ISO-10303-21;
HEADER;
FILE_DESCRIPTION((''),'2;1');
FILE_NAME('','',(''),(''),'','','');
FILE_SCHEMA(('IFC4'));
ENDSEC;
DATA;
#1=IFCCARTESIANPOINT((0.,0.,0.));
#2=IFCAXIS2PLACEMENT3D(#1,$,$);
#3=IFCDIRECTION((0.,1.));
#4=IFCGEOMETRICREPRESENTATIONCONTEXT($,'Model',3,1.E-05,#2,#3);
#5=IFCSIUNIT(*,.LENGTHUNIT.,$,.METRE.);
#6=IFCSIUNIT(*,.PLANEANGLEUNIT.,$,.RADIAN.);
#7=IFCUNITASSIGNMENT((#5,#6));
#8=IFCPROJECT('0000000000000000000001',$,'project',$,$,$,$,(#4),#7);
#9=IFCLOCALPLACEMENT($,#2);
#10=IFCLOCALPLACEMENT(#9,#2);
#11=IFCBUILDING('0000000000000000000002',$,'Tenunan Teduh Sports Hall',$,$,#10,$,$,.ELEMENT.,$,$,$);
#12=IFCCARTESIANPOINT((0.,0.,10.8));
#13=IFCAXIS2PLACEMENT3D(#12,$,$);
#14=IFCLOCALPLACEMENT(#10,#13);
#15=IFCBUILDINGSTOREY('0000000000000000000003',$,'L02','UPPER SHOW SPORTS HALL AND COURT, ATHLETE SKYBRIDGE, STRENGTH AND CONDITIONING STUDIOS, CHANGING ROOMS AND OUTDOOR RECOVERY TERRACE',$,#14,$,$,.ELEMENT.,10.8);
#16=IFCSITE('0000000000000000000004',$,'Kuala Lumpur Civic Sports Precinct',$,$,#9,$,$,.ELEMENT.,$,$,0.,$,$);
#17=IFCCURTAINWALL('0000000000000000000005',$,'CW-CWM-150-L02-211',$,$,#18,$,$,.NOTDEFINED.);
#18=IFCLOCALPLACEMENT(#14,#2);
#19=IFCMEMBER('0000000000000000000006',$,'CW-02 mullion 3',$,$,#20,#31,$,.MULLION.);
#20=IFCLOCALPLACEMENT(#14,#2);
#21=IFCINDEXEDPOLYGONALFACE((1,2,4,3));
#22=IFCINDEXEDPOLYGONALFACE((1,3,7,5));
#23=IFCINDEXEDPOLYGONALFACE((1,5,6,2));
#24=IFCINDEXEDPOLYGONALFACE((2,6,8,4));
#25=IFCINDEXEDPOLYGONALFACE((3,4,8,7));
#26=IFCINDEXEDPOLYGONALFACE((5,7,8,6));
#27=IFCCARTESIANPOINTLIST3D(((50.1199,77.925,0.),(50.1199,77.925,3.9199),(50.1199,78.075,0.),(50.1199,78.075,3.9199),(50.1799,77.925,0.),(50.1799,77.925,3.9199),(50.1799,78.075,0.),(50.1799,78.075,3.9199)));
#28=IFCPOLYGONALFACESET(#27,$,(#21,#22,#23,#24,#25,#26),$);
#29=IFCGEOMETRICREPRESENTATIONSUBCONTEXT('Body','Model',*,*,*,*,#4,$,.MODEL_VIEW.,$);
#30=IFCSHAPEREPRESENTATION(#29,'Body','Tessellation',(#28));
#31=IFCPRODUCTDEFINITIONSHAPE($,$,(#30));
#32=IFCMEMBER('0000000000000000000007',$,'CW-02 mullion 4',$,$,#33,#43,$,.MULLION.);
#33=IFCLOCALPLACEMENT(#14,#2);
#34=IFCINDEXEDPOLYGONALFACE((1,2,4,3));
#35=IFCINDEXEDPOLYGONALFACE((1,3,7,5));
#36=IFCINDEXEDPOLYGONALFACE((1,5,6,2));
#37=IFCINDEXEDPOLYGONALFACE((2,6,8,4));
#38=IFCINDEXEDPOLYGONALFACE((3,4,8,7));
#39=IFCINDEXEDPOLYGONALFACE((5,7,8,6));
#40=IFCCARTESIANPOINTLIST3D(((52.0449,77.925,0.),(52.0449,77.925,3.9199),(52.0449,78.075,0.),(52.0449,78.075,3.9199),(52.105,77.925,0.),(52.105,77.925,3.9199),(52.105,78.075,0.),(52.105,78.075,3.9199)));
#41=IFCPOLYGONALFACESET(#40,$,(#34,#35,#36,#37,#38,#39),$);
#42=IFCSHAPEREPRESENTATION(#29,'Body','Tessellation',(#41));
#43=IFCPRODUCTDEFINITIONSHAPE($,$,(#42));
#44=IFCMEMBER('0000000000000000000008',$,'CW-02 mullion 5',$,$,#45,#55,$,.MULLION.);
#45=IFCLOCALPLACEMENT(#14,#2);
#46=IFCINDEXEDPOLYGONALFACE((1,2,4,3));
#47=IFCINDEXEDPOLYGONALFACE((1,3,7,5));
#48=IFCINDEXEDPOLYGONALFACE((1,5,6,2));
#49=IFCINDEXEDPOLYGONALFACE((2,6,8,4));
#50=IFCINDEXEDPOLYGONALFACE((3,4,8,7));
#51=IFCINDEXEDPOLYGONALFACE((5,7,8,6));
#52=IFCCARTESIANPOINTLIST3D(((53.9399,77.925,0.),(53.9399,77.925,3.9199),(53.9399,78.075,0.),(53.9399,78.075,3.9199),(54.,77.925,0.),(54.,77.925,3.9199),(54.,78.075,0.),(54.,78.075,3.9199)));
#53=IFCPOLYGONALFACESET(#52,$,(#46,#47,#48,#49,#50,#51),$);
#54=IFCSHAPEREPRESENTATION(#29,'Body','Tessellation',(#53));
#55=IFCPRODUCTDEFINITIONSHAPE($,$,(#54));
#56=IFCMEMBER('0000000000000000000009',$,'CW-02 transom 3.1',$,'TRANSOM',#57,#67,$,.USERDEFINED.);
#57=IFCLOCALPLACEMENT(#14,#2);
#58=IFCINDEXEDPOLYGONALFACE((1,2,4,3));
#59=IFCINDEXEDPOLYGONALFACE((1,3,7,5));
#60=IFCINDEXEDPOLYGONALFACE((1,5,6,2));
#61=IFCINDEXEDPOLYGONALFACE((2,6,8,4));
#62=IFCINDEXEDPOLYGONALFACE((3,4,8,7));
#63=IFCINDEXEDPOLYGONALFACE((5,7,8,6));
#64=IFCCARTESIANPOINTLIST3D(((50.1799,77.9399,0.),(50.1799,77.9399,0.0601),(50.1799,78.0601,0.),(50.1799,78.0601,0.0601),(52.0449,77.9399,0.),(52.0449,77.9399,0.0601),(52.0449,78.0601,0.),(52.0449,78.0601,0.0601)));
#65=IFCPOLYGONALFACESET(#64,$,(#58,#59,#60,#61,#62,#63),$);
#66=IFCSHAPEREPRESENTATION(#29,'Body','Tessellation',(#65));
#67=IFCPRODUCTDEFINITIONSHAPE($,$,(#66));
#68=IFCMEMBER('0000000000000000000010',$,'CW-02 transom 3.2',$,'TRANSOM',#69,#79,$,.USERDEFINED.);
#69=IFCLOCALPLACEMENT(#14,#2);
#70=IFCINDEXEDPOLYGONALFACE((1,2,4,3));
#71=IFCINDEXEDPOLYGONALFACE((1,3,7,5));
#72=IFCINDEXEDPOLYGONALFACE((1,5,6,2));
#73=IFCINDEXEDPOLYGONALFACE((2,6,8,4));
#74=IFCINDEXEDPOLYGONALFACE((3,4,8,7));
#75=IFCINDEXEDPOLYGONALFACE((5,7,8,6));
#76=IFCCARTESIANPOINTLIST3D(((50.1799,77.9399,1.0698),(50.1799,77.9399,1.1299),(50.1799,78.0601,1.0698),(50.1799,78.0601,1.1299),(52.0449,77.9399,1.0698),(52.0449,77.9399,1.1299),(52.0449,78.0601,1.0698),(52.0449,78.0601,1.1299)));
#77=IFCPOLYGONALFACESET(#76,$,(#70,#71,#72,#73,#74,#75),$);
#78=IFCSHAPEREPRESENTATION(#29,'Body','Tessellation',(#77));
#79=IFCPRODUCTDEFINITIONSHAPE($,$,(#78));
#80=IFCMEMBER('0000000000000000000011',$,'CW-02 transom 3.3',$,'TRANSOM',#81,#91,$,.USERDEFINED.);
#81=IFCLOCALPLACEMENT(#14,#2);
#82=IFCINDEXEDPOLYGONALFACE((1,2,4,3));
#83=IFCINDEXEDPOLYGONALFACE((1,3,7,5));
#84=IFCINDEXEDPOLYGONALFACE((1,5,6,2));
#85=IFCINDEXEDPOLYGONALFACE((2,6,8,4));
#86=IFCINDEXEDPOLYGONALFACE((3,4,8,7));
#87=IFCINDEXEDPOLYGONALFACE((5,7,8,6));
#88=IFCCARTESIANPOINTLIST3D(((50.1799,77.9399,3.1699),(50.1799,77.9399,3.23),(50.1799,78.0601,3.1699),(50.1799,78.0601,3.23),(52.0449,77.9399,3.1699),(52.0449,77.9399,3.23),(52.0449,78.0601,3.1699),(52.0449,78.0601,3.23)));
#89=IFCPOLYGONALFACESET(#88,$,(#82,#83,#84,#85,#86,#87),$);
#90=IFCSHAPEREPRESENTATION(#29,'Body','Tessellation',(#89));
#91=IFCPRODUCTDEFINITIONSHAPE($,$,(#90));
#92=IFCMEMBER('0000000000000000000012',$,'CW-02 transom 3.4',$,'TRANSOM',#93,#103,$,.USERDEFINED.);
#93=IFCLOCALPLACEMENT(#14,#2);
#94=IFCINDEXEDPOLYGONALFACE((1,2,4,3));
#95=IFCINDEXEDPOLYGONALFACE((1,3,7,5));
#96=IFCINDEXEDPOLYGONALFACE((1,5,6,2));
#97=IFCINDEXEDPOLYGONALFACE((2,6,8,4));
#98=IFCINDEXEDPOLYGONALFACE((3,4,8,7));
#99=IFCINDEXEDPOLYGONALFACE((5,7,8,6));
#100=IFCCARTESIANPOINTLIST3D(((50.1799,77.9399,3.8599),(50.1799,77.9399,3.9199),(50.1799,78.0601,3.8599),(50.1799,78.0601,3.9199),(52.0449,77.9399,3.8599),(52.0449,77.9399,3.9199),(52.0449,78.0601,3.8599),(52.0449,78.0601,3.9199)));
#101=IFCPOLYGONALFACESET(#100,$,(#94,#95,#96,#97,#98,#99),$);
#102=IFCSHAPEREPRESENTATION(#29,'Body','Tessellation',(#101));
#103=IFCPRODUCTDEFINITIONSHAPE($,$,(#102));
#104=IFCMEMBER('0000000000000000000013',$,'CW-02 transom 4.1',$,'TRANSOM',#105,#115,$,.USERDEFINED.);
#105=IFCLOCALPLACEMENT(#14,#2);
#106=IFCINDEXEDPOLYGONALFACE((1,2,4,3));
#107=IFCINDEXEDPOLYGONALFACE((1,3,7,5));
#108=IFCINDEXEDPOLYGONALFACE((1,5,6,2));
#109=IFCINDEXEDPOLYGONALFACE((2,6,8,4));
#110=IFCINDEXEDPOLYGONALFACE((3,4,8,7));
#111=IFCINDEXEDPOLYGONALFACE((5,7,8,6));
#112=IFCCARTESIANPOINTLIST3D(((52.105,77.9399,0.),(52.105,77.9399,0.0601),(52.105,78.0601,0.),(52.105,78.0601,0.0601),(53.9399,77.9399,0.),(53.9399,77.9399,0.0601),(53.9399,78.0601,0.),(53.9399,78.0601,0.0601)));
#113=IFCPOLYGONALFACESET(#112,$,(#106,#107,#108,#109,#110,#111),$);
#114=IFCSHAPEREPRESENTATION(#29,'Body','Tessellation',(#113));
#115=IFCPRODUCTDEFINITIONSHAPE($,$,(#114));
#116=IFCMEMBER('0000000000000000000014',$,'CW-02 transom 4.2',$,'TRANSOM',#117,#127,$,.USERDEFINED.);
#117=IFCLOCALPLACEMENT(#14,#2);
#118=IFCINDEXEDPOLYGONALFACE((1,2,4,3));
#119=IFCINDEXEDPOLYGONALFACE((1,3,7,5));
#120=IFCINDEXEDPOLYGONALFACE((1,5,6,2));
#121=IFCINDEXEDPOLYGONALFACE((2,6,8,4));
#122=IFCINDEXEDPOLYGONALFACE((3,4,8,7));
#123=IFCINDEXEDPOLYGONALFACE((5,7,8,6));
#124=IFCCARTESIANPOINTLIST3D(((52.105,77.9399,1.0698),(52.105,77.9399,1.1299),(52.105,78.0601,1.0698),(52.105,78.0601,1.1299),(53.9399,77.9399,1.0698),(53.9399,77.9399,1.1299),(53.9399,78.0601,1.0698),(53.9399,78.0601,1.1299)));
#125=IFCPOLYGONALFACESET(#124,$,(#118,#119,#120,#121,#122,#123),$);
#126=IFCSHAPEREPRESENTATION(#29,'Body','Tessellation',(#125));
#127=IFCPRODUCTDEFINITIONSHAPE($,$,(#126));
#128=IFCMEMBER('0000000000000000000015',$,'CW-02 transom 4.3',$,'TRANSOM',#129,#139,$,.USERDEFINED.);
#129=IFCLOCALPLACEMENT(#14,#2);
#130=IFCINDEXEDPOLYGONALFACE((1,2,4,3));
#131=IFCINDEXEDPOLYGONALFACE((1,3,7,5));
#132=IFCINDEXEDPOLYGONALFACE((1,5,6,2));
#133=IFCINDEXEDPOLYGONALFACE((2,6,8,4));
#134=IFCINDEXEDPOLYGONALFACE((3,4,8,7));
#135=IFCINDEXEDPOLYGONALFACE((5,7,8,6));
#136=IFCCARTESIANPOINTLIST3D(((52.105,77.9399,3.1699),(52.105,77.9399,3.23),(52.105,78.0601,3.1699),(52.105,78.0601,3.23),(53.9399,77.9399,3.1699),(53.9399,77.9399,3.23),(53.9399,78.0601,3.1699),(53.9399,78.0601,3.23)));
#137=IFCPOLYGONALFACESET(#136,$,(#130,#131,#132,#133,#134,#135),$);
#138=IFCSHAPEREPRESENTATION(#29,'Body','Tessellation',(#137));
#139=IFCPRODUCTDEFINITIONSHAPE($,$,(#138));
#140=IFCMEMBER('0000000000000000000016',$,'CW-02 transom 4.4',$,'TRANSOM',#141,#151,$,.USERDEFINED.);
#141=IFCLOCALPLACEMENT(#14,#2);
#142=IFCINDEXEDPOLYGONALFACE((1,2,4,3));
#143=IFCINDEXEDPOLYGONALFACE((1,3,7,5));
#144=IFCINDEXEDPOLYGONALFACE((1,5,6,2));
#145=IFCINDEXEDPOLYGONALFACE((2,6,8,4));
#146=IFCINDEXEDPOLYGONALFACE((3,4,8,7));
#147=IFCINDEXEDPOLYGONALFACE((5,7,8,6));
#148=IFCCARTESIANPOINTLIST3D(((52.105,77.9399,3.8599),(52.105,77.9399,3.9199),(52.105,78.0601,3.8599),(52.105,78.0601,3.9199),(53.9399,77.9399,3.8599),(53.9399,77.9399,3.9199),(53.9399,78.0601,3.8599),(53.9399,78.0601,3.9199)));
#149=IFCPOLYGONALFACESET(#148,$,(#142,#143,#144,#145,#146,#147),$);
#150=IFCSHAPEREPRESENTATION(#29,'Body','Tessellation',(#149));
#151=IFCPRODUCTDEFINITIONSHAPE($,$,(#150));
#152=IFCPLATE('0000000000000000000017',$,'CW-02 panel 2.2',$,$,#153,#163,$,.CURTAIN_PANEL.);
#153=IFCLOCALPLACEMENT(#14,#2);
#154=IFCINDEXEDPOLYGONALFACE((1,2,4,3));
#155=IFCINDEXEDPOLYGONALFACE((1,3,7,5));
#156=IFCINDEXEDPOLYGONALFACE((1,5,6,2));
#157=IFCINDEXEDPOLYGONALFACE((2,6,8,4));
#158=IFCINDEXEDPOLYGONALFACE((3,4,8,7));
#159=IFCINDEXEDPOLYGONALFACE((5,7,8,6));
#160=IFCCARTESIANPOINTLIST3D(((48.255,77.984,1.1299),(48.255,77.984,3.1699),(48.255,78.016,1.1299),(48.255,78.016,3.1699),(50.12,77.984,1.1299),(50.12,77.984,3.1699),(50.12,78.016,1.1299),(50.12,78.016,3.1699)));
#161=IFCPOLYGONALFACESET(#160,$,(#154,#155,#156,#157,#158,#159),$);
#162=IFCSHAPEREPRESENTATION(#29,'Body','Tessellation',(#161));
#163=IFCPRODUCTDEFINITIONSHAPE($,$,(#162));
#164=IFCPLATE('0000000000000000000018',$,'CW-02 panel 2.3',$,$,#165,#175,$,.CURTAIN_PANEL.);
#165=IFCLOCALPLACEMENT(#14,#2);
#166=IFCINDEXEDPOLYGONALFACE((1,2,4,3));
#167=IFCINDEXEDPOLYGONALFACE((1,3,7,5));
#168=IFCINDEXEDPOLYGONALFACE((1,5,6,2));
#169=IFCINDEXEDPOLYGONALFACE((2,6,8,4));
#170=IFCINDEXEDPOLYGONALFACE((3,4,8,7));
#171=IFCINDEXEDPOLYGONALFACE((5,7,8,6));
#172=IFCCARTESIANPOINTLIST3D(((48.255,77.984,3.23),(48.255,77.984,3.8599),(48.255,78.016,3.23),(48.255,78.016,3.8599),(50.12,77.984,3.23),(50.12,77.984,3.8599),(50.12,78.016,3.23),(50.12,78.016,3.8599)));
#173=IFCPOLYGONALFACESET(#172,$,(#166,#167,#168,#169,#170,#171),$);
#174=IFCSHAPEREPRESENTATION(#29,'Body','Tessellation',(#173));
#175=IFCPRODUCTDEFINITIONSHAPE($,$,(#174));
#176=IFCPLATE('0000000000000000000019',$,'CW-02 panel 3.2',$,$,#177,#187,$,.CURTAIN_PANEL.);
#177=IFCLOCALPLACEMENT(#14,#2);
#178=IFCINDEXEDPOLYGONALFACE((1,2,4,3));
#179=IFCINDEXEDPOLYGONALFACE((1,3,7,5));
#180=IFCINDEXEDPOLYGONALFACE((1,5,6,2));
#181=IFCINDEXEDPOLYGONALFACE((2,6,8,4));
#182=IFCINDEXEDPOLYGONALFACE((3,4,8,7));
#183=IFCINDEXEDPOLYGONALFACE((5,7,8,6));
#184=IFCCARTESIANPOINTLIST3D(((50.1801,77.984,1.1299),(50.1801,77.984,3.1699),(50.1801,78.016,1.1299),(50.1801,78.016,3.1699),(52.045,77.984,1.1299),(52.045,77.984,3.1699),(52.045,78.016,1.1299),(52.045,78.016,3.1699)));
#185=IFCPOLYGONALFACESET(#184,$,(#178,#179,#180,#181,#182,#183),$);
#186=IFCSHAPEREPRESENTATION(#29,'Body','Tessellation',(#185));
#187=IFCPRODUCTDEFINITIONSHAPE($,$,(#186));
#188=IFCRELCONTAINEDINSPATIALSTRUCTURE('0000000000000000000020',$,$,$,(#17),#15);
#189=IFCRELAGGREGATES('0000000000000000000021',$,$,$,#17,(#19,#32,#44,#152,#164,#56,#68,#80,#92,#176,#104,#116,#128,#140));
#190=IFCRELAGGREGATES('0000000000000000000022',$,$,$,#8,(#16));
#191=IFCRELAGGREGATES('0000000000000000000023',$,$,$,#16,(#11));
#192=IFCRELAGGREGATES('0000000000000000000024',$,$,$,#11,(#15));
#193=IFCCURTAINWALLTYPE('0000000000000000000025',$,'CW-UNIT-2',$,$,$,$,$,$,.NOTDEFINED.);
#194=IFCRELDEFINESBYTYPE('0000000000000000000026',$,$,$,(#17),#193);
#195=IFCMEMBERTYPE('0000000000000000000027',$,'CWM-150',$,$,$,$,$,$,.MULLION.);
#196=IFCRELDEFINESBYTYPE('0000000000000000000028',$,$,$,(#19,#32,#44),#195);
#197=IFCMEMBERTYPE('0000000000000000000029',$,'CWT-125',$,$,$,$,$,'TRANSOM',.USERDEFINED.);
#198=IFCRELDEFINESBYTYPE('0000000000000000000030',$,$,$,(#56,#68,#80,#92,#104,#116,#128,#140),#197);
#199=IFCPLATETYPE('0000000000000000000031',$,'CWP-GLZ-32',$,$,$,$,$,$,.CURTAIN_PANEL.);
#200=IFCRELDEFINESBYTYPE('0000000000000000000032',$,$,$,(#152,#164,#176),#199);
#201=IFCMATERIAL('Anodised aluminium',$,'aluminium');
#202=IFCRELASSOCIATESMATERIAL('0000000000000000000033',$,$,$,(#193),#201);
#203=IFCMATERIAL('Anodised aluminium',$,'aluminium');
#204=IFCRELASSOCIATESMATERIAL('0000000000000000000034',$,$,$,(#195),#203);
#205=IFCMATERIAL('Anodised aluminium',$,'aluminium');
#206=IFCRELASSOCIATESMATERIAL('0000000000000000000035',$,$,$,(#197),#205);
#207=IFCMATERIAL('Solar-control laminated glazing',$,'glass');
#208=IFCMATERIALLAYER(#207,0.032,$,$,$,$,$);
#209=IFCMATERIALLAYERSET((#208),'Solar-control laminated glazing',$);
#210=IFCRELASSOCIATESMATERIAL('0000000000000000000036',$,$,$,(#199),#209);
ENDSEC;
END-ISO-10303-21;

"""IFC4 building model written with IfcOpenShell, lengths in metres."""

from ifc_helpers import new_model, si_unit, direction, frame, origin, origin_2d, place, context, subcontext, project, spatial, rectangle, extrude, material, layer, layer_set, material_profile, profile_set, type_object, element, aggregate, save


model = new_model("IFC4")

# Units and contexts
model_context = context("Model", 3, precision=1e-05, world=origin(), true_north=direction((0.0, 1.0)))
body_context = subcontext(model_context, "Body", "Model", "MODEL_VIEW")
ifc_project = project(units=[si_unit("LENGTHUNIT", "METRE"), si_unit("PLANEANGLEUNIT", "RADIAN")], contexts=[model_context])

# Site, building, storey
site_placement = place(None, origin())
site = spatial("IfcSite", under=ifc_project, at=site_placement, Name="Kuala Lumpur Civic Sports Precinct", CompositionType="ELEMENT", RefElevation=0.0)
building_placement = place(site_placement, origin())
building = spatial("IfcBuilding", under=site, at=building_placement, Name="Tenunan Teduh Sports Hall", CompositionType="ELEMENT")
storey_placement = place(building_placement, frame((0.0, 0.0, 10.8)))
storey = spatial("IfcBuildingStorey", under=building, at=storey_placement, Name="L02", Description="UPPER SHOW SPORTS HALL AND COURT, ATHLETE SKYBRIDGE, STRENGTH AND CONDITIONING STUDIOS, CHANGING ROOMS AND OUTDOOR RECOVERY TERRACE", CompositionType="ELEMENT", Elevation=10.8)

# Curtain wall, members, plates
ifc_material_1 = material(Name="Anodised aluminium", Category="aluminium")
curtain_wall_type = type_object("IfcCurtainWallType", Name="CW-UNIT-2", PredefinedType="NOTDEFINED", material=ifc_material_1)
curtain_wall_placement = place(storey_placement, origin())
curtain_wall = element("IfcCurtainWall", 1, at=curtain_wall_placement, inside=storey, type_object=curtain_wall_type, Name="CW-CWM-150-L02-211", PredefinedType="NOTDEFINED")
ifc_material_2 = material(Name="Anodised aluminium", Category="aluminium")
ifc_material_profile_1 = material_profile(ifc_material_2, rectangle(XDim=0.0601, YDim=0.1499, at=origin_2d()), Name="CWM 60x150")
ifc_profile_set_1 = profile_set([ifc_material_profile_1], Name="Anodised aluminium")
member_type_1 = type_object("IfcMemberType", Name="CWM-150", PredefinedType="MULLION", material=ifc_profile_set_1)
member_1_placement = place(storey_placement, frame((50.1499, 78.0, 0.0), z_axis=(0.0, 0.0, 1.0), x_axis=(1.0, 0.0, 0.0)))
member_1 = element("IfcMember", 2, at=member_1_placement, type_object=member_type_1, Name="CW-02 mullion 3", PredefinedType="MULLION", context=body_context, shape_type="SweptSolid", body=[
    extrude(rectangle(XDim=0.0601, YDim=0.1499, at=origin_2d()), origin(), (0.0, 0.0, 1.0), 3.9199),
])
member_2_placement = place(storey_placement, frame((52.075, 78.0, 0.0), z_axis=(0.0, 0.0, 1.0), x_axis=(1.0, 0.0, 0.0)))
member_2 = element("IfcMember", 3, at=member_2_placement, type_object=member_type_1, Name="CW-02 mullion 4", PredefinedType="MULLION", context=body_context, shape_type="SweptSolid", body=[
    extrude(rectangle(XDim=0.0601, YDim=0.1499, at=origin_2d()), origin(), (0.0, 0.0, 1.0), 3.9199),
])
member_3_placement = place(storey_placement, frame((53.97, 78.0, 0.0), z_axis=(0.0, 0.0, 1.0), x_axis=(1.0, 0.0, 0.0)))
member_3 = element("IfcMember", 4, at=member_3_placement, type_object=member_type_1, Name="CW-02 mullion 5", PredefinedType="MULLION", context=body_context, shape_type="SweptSolid", body=[
    extrude(rectangle(XDim=0.0601, YDim=0.1499, at=origin_2d()), origin(), (0.0, 0.0, 1.0), 3.9199),
])
ifc_material_3 = material(Name="Anodised aluminium", Category="aluminium")
ifc_material_profile_2 = material_profile(ifc_material_3, rectangle(XDim=0.0601, YDim=0.1201, at=origin_2d()), Name="CWT 60x120")
ifc_profile_set_2 = profile_set([ifc_material_profile_2], Name="Anodised aluminium")
member_type_2 = type_object("IfcMemberType", Name="CWT-125", ElementType="TRANSOM", PredefinedType="USERDEFINED", material=ifc_profile_set_2)
member_4_placement = place(storey_placement, frame((50.1799, 78.0, 0.03), z_axis=(1.0, 0.0, 0.0), x_axis=(0.0, 0.0, 1.0)))
member_4 = element("IfcMember", 5, at=member_4_placement, type_object=member_type_2, Name="CW-02 transom 3.1", ObjectType="TRANSOM", PredefinedType="USERDEFINED", context=body_context, shape_type="SweptSolid", body=[
    extrude(rectangle(XDim=0.0601, YDim=0.1201, at=origin_2d()), origin(), (0.0, 0.0, 1.0), 1.865),
])
member_5_placement = place(storey_placement, frame((50.1799, 78.0, 1.0999), z_axis=(1.0, 0.0, 0.0), x_axis=(0.0, 0.0, 1.0)))
member_5 = element("IfcMember", 6, at=member_5_placement, type_object=member_type_2, Name="CW-02 transom 3.2", ObjectType="TRANSOM", PredefinedType="USERDEFINED", context=body_context, shape_type="SweptSolid", body=[
    extrude(rectangle(XDim=0.0601, YDim=0.1201, at=origin_2d()), origin(), (0.0, 0.0, 1.0), 1.865),
])
member_6_placement = place(storey_placement, frame((50.1799, 78.0, 3.2), z_axis=(1.0, 0.0, 0.0), x_axis=(0.0, 0.0, 1.0)))
member_6 = element("IfcMember", 7, at=member_6_placement, type_object=member_type_2, Name="CW-02 transom 3.3", ObjectType="TRANSOM", PredefinedType="USERDEFINED", context=body_context, shape_type="SweptSolid", body=[
    extrude(rectangle(XDim=0.0601, YDim=0.1201, at=origin_2d()), origin(), (0.0, 0.0, 1.0), 1.865),
])
member_7_placement = place(storey_placement, frame((50.1799, 78.0, 3.8899), z_axis=(1.0, 0.0, 0.0), x_axis=(0.0, 0.0, 1.0)))
member_7 = element("IfcMember", 8, at=member_7_placement, type_object=member_type_2, Name="CW-02 transom 3.4", ObjectType="TRANSOM", PredefinedType="USERDEFINED", context=body_context, shape_type="SweptSolid", body=[
    extrude(rectangle(XDim=0.0601, YDim=0.1201, at=origin_2d()), origin(), (0.0, 0.0, 1.0), 1.865),
])
member_8_placement = place(storey_placement, frame((52.105, 78.0, 0.03), z_axis=(1.0, 0.0, 0.0), x_axis=(0.0, 0.0, 1.0)))
member_8 = element("IfcMember", 9, at=member_8_placement, type_object=member_type_2, Name="CW-02 transom 4.1", ObjectType="TRANSOM", PredefinedType="USERDEFINED", context=body_context, shape_type="SweptSolid", body=[
    extrude(rectangle(XDim=0.0601, YDim=0.1201, at=origin_2d()), origin(), (0.0, 0.0, 1.0), 1.835),
])
member_9_placement = place(storey_placement, frame((52.105, 78.0, 1.0999), z_axis=(1.0, 0.0, 0.0), x_axis=(0.0, 0.0, 1.0)))
member_9 = element("IfcMember", 10, at=member_9_placement, type_object=member_type_2, Name="CW-02 transom 4.2", ObjectType="TRANSOM", PredefinedType="USERDEFINED", context=body_context, shape_type="SweptSolid", body=[
    extrude(rectangle(XDim=0.0601, YDim=0.1201, at=origin_2d()), origin(), (0.0, 0.0, 1.0), 1.835),
])
member_10_placement = place(storey_placement, frame((52.105, 78.0, 3.2), z_axis=(1.0, 0.0, 0.0), x_axis=(0.0, 0.0, 1.0)))
member_10 = element("IfcMember", 11, at=member_10_placement, type_object=member_type_2, Name="CW-02 transom 4.3", ObjectType="TRANSOM", PredefinedType="USERDEFINED", context=body_context, shape_type="SweptSolid", body=[
    extrude(rectangle(XDim=0.0601, YDim=0.1201, at=origin_2d()), origin(), (0.0, 0.0, 1.0), 1.835),
])
member_11_placement = place(storey_placement, frame((52.105, 78.0, 3.8899), z_axis=(1.0, 0.0, 0.0), x_axis=(0.0, 0.0, 1.0)))
member_11 = element("IfcMember", 12, at=member_11_placement, type_object=member_type_2, Name="CW-02 transom 4.4", ObjectType="TRANSOM", PredefinedType="USERDEFINED", context=body_context, shape_type="SweptSolid", body=[
    extrude(rectangle(XDim=0.0601, YDim=0.1201, at=origin_2d()), origin(), (0.0, 0.0, 1.0), 1.835),
])
ifc_material_4 = material(Name="Solar-control laminated glazing", Category="glass")
ifc_layer_1 = layer(ifc_material_4, 0.032)
ifc_layer_set_1 = layer_set([ifc_layer_1], Name="Solar-control laminated glazing")
plate_type_1 = type_object("IfcPlateType", Name="CWP-GLZ-32", PredefinedType="CURTAIN_PANEL", material=ifc_layer_set_1)
plate_1_placement = place(storey_placement, frame((49.1875, 78.0, 1.1299), z_axis=(0.0, 0.0, 1.0), x_axis=(1.0, 0.0, 0.0)))
plate_1 = element("IfcPlate", 13, at=plate_1_placement, type_object=plate_type_1, Name="CW-02 panel 2.2", PredefinedType="CURTAIN_PANEL", context=body_context, shape_type="SweptSolid", body=[
    extrude(rectangle(XDim=1.865, YDim=0.032, at=origin_2d()), origin(), (0.0, 0.0, 1.0), 2.04),
])
plate_2_placement = place(storey_placement, frame((49.1875, 78.0, 3.23), z_axis=(0.0, 0.0, 1.0), x_axis=(1.0, 0.0, 0.0)))
plate_2 = element("IfcPlate", 14, at=plate_2_placement, type_object=plate_type_1, Name="CW-02 panel 2.3", PredefinedType="CURTAIN_PANEL", context=body_context, shape_type="SweptSolid", body=[
    extrude(rectangle(XDim=1.865, YDim=0.032, at=origin_2d()), origin(), (0.0, 0.0, 1.0), 0.6299),
])
plate_3_placement = place(storey_placement, frame((51.1125, 78.0, 1.1299), z_axis=(0.0, 0.0, 1.0), x_axis=(1.0, 0.0, 0.0)))
plate_3 = element("IfcPlate", 15, at=plate_3_placement, type_object=plate_type_1, Name="CW-02 panel 3.2", PredefinedType="CURTAIN_PANEL", context=body_context, shape_type="SweptSolid", body=[
    extrude(rectangle(XDim=1.865, YDim=0.032, at=origin_2d()), origin(), (0.0, 0.0, 1.0), 2.04),
])
aggregate(curtain_wall, [member_1, member_2, member_3, plate_1, plate_2, member_4, member_5, member_6, member_7, plate_3, member_8, member_9, member_10, member_11])

save(model, "model.ifc")
